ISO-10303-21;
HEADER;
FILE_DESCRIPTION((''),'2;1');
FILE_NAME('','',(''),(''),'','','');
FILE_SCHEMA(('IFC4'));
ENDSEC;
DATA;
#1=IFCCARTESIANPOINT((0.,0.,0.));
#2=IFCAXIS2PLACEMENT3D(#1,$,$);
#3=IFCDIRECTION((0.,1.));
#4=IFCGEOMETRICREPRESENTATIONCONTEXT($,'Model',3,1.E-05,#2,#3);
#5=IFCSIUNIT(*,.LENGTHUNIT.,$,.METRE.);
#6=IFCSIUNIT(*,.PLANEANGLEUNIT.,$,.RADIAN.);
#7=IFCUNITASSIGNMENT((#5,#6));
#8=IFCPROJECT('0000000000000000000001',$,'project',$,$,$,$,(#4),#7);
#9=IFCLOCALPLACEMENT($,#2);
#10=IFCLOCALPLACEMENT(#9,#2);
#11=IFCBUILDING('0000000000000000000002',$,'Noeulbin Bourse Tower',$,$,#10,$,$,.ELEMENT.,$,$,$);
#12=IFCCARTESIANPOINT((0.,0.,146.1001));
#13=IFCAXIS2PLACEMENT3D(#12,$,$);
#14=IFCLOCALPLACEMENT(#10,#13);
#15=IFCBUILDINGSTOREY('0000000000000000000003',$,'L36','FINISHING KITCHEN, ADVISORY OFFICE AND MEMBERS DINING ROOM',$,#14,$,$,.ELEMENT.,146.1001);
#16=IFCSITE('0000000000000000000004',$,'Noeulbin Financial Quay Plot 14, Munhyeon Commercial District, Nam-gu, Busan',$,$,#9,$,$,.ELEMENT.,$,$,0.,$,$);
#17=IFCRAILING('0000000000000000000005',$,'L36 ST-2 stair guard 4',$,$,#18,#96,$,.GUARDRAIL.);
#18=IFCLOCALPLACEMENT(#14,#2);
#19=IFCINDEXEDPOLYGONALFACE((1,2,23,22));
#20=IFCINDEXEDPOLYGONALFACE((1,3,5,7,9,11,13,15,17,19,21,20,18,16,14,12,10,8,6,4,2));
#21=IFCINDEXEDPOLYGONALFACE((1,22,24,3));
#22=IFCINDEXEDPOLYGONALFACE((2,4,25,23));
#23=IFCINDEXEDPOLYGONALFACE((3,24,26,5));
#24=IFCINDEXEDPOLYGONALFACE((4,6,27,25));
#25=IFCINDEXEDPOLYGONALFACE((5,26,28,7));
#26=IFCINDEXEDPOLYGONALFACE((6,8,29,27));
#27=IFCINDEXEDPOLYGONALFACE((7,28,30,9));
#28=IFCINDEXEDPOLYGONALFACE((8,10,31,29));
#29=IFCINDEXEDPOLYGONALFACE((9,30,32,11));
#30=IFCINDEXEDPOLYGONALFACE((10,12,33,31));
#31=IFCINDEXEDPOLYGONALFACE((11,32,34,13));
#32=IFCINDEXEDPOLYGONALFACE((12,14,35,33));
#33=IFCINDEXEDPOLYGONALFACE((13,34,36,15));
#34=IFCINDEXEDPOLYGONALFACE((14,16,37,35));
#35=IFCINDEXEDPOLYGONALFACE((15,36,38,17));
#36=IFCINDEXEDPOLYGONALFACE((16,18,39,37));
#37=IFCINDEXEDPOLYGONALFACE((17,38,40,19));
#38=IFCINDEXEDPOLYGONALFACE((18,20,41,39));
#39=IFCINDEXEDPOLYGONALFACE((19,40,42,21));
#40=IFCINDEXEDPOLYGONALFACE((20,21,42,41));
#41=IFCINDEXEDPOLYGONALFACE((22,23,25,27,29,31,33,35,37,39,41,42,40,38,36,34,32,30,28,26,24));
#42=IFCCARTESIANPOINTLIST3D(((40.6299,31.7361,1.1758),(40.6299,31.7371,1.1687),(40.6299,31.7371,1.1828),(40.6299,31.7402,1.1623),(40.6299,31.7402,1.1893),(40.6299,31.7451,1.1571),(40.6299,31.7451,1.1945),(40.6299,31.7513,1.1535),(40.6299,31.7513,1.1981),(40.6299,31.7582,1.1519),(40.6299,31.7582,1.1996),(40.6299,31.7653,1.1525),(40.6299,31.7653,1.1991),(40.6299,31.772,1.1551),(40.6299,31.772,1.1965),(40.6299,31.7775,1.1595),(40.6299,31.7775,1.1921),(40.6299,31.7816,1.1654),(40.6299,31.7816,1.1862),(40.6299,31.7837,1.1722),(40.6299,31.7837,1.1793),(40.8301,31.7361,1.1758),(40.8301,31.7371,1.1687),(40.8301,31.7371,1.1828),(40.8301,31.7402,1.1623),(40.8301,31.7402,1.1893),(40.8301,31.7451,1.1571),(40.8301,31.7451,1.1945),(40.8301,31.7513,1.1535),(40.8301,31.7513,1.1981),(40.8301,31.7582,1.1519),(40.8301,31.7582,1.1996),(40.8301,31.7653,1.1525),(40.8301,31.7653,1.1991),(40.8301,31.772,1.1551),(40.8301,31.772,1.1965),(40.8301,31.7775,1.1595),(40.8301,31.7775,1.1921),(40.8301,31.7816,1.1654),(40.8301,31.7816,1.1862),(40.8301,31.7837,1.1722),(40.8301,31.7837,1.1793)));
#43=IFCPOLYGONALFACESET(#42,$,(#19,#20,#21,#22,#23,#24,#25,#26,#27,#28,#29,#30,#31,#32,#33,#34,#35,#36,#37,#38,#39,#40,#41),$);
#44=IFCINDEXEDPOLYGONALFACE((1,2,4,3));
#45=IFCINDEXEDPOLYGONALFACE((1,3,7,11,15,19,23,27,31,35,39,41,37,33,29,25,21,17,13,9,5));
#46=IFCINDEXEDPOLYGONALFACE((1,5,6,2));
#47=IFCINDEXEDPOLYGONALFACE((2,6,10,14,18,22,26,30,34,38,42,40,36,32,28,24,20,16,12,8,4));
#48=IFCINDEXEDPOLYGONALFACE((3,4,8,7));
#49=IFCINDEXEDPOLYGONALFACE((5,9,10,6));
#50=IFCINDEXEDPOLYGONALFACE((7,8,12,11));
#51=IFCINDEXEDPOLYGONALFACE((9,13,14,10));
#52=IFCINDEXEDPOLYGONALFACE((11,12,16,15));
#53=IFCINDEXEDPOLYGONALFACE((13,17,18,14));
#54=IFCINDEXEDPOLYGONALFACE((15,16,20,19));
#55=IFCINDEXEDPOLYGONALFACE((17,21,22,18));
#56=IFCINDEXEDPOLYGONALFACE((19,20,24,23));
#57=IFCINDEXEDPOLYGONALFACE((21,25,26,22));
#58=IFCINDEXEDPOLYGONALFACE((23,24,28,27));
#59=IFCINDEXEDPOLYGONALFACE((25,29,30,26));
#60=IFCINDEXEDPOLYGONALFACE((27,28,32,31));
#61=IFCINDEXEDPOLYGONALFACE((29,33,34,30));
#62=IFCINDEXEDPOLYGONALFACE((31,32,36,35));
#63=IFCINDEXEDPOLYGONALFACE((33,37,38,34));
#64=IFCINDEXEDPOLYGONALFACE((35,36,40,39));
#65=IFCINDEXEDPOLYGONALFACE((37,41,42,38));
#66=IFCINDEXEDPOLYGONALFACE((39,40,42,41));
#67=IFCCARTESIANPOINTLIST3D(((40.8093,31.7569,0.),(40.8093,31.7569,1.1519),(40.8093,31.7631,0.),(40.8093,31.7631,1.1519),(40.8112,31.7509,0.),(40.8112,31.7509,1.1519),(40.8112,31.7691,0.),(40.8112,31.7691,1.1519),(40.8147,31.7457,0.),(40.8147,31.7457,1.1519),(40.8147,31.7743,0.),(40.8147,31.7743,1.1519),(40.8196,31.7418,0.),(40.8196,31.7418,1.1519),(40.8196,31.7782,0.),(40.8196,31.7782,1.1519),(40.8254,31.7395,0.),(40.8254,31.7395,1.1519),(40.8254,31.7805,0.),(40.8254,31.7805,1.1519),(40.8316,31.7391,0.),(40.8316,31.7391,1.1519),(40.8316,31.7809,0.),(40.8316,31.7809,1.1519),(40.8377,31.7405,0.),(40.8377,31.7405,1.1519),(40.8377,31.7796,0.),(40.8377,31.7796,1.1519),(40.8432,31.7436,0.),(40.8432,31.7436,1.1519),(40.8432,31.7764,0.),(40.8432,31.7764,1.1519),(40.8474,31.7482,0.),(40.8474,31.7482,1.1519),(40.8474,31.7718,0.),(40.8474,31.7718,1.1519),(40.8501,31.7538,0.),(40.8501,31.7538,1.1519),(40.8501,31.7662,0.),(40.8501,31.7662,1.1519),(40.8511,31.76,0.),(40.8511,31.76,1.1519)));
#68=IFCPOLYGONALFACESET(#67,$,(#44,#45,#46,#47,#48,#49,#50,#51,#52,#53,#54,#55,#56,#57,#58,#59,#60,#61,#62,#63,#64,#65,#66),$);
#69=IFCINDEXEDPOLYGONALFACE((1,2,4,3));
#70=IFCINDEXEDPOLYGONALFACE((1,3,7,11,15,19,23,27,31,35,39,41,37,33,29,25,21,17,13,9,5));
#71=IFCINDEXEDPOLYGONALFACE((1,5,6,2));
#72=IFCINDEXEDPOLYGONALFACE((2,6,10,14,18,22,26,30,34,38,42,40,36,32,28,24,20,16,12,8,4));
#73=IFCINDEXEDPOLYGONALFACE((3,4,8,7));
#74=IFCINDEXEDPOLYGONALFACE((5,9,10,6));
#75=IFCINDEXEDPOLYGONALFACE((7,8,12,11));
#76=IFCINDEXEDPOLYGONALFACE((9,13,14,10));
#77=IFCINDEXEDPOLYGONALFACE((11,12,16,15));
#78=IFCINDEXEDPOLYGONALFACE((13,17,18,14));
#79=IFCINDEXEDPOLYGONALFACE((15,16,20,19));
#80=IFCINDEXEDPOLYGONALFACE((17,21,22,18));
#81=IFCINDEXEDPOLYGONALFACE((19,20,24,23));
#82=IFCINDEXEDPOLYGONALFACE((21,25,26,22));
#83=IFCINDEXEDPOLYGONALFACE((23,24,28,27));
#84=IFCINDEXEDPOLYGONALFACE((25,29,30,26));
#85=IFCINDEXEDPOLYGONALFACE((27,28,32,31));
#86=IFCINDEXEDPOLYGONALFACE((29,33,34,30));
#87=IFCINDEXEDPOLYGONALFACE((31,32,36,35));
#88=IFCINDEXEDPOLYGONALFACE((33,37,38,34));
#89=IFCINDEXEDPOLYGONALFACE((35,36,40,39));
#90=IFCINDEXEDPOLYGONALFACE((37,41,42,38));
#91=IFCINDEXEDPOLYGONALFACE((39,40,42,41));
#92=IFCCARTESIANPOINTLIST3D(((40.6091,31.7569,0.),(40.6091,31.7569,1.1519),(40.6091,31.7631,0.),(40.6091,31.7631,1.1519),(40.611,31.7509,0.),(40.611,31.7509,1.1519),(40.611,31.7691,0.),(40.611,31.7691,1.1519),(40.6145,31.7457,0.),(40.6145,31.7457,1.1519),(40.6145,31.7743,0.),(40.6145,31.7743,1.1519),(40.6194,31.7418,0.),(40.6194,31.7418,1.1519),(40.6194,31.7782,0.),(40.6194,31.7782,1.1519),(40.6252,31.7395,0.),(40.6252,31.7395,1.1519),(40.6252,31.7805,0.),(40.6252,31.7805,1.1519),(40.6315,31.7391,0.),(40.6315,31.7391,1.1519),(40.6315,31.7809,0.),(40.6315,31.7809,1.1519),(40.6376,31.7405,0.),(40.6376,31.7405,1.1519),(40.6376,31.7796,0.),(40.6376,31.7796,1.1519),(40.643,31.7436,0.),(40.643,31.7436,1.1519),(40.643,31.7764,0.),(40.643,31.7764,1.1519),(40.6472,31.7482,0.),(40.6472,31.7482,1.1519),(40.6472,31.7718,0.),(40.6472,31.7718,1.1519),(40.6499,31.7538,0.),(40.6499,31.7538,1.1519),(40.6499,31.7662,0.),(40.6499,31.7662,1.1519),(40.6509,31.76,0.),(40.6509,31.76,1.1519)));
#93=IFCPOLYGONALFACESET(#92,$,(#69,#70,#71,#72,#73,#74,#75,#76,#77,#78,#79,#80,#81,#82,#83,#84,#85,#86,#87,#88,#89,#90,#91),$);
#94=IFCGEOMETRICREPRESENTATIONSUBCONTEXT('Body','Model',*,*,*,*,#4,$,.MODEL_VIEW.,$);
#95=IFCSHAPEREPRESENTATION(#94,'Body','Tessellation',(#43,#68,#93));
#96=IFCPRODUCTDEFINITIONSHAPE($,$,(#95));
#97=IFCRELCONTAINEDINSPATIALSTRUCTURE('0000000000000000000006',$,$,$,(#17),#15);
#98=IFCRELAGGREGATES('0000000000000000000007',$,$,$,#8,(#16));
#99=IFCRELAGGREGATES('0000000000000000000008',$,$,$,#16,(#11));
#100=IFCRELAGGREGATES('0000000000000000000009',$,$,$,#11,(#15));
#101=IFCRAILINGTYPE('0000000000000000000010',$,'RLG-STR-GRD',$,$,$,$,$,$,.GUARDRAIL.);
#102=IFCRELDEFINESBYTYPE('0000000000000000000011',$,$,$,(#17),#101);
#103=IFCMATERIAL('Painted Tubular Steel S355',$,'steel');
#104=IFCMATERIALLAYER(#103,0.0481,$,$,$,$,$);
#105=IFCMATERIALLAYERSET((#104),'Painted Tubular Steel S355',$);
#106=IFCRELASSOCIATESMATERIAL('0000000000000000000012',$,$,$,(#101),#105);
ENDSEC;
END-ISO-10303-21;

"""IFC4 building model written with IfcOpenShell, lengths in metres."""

from ifc_helpers import new_model, si_unit, direction, frame, origin, origin_2d, place, context, subcontext, project, spatial, circle, extrude, material, layer, layer_set, type_object, element, save


model = new_model("IFC4")

# Units and contexts
model_context = context("Model", 3, precision=1e-05, world=origin(), true_north=direction((0.0, 1.0)))
body_context = subcontext(model_context, "Body", "Model", "MODEL_VIEW")
ifc_project = project(units=[si_unit("LENGTHUNIT", "METRE"), si_unit("PLANEANGLEUNIT", "RADIAN")], contexts=[model_context])

# Site, building, storey
site_placement = place(None, origin())
site = spatial("IfcSite", under=ifc_project, at=site_placement, Name="Noeulbin Financial Quay Plot 14, Munhyeon Commercial District, Nam-gu, Busan", CompositionType="ELEMENT", RefElevation=0.0)
building_placement = place(site_placement, origin())
building = spatial("IfcBuilding", under=site, at=building_placement, Name="Noeulbin Bourse Tower", CompositionType="ELEMENT")
storey_placement = place(building_placement, frame((0.0, 0.0, 146.1001)))
storey = spatial("IfcBuildingStorey", under=building, at=storey_placement, Name="L36", Description="FINISHING KITCHEN, ADVISORY OFFICE AND MEMBERS DINING ROOM", CompositionType="ELEMENT", Elevation=146.1001)

# Railing
ifc_material_1 = material(Name="Painted Tubular Steel S355", Category="steel")
ifc_layer_1 = layer(ifc_material_1, 0.0481)
ifc_layer_set_1 = layer_set([ifc_layer_1], Name="Painted Tubular Steel S355")
railing_type_1 = type_object("IfcRailingType", Name="RLG-STR-GRD", PredefinedType="GUARDRAIL", material=ifc_layer_set_1)
railing_1_placement = place(storey_placement, frame((40.8301, 31.76, 0.0)))
element("IfcRailing", 1, at=railing_1_placement, inside=storey, type_object=railing_type_1, Name="L36 ST-2 stair guard 4", PredefinedType="GUARDRAIL", context=body_context, shape_type="SweptSolid", body=[
    extrude(circle(Radius=0.0239, at=origin_2d()), frame((0.0, 0.0, 1.1758), z_axis=(-1.0, 0.0, 0.0), x_axis=(0.0, -1.0, 0.0)), (0.0, 0.0, 1.0), 0.2002),
    extrude(circle(Radius=0.021, at=origin_2d()), origin(), (0.0, 0.0, 1.0), 1.1519),
    extrude(circle(Radius=0.021, at=origin_2d()), frame((-0.2002, 0.0, 0.0)), (0.0, 0.0, 1.0), 1.1519),
])

save(model, "model.ifc")
